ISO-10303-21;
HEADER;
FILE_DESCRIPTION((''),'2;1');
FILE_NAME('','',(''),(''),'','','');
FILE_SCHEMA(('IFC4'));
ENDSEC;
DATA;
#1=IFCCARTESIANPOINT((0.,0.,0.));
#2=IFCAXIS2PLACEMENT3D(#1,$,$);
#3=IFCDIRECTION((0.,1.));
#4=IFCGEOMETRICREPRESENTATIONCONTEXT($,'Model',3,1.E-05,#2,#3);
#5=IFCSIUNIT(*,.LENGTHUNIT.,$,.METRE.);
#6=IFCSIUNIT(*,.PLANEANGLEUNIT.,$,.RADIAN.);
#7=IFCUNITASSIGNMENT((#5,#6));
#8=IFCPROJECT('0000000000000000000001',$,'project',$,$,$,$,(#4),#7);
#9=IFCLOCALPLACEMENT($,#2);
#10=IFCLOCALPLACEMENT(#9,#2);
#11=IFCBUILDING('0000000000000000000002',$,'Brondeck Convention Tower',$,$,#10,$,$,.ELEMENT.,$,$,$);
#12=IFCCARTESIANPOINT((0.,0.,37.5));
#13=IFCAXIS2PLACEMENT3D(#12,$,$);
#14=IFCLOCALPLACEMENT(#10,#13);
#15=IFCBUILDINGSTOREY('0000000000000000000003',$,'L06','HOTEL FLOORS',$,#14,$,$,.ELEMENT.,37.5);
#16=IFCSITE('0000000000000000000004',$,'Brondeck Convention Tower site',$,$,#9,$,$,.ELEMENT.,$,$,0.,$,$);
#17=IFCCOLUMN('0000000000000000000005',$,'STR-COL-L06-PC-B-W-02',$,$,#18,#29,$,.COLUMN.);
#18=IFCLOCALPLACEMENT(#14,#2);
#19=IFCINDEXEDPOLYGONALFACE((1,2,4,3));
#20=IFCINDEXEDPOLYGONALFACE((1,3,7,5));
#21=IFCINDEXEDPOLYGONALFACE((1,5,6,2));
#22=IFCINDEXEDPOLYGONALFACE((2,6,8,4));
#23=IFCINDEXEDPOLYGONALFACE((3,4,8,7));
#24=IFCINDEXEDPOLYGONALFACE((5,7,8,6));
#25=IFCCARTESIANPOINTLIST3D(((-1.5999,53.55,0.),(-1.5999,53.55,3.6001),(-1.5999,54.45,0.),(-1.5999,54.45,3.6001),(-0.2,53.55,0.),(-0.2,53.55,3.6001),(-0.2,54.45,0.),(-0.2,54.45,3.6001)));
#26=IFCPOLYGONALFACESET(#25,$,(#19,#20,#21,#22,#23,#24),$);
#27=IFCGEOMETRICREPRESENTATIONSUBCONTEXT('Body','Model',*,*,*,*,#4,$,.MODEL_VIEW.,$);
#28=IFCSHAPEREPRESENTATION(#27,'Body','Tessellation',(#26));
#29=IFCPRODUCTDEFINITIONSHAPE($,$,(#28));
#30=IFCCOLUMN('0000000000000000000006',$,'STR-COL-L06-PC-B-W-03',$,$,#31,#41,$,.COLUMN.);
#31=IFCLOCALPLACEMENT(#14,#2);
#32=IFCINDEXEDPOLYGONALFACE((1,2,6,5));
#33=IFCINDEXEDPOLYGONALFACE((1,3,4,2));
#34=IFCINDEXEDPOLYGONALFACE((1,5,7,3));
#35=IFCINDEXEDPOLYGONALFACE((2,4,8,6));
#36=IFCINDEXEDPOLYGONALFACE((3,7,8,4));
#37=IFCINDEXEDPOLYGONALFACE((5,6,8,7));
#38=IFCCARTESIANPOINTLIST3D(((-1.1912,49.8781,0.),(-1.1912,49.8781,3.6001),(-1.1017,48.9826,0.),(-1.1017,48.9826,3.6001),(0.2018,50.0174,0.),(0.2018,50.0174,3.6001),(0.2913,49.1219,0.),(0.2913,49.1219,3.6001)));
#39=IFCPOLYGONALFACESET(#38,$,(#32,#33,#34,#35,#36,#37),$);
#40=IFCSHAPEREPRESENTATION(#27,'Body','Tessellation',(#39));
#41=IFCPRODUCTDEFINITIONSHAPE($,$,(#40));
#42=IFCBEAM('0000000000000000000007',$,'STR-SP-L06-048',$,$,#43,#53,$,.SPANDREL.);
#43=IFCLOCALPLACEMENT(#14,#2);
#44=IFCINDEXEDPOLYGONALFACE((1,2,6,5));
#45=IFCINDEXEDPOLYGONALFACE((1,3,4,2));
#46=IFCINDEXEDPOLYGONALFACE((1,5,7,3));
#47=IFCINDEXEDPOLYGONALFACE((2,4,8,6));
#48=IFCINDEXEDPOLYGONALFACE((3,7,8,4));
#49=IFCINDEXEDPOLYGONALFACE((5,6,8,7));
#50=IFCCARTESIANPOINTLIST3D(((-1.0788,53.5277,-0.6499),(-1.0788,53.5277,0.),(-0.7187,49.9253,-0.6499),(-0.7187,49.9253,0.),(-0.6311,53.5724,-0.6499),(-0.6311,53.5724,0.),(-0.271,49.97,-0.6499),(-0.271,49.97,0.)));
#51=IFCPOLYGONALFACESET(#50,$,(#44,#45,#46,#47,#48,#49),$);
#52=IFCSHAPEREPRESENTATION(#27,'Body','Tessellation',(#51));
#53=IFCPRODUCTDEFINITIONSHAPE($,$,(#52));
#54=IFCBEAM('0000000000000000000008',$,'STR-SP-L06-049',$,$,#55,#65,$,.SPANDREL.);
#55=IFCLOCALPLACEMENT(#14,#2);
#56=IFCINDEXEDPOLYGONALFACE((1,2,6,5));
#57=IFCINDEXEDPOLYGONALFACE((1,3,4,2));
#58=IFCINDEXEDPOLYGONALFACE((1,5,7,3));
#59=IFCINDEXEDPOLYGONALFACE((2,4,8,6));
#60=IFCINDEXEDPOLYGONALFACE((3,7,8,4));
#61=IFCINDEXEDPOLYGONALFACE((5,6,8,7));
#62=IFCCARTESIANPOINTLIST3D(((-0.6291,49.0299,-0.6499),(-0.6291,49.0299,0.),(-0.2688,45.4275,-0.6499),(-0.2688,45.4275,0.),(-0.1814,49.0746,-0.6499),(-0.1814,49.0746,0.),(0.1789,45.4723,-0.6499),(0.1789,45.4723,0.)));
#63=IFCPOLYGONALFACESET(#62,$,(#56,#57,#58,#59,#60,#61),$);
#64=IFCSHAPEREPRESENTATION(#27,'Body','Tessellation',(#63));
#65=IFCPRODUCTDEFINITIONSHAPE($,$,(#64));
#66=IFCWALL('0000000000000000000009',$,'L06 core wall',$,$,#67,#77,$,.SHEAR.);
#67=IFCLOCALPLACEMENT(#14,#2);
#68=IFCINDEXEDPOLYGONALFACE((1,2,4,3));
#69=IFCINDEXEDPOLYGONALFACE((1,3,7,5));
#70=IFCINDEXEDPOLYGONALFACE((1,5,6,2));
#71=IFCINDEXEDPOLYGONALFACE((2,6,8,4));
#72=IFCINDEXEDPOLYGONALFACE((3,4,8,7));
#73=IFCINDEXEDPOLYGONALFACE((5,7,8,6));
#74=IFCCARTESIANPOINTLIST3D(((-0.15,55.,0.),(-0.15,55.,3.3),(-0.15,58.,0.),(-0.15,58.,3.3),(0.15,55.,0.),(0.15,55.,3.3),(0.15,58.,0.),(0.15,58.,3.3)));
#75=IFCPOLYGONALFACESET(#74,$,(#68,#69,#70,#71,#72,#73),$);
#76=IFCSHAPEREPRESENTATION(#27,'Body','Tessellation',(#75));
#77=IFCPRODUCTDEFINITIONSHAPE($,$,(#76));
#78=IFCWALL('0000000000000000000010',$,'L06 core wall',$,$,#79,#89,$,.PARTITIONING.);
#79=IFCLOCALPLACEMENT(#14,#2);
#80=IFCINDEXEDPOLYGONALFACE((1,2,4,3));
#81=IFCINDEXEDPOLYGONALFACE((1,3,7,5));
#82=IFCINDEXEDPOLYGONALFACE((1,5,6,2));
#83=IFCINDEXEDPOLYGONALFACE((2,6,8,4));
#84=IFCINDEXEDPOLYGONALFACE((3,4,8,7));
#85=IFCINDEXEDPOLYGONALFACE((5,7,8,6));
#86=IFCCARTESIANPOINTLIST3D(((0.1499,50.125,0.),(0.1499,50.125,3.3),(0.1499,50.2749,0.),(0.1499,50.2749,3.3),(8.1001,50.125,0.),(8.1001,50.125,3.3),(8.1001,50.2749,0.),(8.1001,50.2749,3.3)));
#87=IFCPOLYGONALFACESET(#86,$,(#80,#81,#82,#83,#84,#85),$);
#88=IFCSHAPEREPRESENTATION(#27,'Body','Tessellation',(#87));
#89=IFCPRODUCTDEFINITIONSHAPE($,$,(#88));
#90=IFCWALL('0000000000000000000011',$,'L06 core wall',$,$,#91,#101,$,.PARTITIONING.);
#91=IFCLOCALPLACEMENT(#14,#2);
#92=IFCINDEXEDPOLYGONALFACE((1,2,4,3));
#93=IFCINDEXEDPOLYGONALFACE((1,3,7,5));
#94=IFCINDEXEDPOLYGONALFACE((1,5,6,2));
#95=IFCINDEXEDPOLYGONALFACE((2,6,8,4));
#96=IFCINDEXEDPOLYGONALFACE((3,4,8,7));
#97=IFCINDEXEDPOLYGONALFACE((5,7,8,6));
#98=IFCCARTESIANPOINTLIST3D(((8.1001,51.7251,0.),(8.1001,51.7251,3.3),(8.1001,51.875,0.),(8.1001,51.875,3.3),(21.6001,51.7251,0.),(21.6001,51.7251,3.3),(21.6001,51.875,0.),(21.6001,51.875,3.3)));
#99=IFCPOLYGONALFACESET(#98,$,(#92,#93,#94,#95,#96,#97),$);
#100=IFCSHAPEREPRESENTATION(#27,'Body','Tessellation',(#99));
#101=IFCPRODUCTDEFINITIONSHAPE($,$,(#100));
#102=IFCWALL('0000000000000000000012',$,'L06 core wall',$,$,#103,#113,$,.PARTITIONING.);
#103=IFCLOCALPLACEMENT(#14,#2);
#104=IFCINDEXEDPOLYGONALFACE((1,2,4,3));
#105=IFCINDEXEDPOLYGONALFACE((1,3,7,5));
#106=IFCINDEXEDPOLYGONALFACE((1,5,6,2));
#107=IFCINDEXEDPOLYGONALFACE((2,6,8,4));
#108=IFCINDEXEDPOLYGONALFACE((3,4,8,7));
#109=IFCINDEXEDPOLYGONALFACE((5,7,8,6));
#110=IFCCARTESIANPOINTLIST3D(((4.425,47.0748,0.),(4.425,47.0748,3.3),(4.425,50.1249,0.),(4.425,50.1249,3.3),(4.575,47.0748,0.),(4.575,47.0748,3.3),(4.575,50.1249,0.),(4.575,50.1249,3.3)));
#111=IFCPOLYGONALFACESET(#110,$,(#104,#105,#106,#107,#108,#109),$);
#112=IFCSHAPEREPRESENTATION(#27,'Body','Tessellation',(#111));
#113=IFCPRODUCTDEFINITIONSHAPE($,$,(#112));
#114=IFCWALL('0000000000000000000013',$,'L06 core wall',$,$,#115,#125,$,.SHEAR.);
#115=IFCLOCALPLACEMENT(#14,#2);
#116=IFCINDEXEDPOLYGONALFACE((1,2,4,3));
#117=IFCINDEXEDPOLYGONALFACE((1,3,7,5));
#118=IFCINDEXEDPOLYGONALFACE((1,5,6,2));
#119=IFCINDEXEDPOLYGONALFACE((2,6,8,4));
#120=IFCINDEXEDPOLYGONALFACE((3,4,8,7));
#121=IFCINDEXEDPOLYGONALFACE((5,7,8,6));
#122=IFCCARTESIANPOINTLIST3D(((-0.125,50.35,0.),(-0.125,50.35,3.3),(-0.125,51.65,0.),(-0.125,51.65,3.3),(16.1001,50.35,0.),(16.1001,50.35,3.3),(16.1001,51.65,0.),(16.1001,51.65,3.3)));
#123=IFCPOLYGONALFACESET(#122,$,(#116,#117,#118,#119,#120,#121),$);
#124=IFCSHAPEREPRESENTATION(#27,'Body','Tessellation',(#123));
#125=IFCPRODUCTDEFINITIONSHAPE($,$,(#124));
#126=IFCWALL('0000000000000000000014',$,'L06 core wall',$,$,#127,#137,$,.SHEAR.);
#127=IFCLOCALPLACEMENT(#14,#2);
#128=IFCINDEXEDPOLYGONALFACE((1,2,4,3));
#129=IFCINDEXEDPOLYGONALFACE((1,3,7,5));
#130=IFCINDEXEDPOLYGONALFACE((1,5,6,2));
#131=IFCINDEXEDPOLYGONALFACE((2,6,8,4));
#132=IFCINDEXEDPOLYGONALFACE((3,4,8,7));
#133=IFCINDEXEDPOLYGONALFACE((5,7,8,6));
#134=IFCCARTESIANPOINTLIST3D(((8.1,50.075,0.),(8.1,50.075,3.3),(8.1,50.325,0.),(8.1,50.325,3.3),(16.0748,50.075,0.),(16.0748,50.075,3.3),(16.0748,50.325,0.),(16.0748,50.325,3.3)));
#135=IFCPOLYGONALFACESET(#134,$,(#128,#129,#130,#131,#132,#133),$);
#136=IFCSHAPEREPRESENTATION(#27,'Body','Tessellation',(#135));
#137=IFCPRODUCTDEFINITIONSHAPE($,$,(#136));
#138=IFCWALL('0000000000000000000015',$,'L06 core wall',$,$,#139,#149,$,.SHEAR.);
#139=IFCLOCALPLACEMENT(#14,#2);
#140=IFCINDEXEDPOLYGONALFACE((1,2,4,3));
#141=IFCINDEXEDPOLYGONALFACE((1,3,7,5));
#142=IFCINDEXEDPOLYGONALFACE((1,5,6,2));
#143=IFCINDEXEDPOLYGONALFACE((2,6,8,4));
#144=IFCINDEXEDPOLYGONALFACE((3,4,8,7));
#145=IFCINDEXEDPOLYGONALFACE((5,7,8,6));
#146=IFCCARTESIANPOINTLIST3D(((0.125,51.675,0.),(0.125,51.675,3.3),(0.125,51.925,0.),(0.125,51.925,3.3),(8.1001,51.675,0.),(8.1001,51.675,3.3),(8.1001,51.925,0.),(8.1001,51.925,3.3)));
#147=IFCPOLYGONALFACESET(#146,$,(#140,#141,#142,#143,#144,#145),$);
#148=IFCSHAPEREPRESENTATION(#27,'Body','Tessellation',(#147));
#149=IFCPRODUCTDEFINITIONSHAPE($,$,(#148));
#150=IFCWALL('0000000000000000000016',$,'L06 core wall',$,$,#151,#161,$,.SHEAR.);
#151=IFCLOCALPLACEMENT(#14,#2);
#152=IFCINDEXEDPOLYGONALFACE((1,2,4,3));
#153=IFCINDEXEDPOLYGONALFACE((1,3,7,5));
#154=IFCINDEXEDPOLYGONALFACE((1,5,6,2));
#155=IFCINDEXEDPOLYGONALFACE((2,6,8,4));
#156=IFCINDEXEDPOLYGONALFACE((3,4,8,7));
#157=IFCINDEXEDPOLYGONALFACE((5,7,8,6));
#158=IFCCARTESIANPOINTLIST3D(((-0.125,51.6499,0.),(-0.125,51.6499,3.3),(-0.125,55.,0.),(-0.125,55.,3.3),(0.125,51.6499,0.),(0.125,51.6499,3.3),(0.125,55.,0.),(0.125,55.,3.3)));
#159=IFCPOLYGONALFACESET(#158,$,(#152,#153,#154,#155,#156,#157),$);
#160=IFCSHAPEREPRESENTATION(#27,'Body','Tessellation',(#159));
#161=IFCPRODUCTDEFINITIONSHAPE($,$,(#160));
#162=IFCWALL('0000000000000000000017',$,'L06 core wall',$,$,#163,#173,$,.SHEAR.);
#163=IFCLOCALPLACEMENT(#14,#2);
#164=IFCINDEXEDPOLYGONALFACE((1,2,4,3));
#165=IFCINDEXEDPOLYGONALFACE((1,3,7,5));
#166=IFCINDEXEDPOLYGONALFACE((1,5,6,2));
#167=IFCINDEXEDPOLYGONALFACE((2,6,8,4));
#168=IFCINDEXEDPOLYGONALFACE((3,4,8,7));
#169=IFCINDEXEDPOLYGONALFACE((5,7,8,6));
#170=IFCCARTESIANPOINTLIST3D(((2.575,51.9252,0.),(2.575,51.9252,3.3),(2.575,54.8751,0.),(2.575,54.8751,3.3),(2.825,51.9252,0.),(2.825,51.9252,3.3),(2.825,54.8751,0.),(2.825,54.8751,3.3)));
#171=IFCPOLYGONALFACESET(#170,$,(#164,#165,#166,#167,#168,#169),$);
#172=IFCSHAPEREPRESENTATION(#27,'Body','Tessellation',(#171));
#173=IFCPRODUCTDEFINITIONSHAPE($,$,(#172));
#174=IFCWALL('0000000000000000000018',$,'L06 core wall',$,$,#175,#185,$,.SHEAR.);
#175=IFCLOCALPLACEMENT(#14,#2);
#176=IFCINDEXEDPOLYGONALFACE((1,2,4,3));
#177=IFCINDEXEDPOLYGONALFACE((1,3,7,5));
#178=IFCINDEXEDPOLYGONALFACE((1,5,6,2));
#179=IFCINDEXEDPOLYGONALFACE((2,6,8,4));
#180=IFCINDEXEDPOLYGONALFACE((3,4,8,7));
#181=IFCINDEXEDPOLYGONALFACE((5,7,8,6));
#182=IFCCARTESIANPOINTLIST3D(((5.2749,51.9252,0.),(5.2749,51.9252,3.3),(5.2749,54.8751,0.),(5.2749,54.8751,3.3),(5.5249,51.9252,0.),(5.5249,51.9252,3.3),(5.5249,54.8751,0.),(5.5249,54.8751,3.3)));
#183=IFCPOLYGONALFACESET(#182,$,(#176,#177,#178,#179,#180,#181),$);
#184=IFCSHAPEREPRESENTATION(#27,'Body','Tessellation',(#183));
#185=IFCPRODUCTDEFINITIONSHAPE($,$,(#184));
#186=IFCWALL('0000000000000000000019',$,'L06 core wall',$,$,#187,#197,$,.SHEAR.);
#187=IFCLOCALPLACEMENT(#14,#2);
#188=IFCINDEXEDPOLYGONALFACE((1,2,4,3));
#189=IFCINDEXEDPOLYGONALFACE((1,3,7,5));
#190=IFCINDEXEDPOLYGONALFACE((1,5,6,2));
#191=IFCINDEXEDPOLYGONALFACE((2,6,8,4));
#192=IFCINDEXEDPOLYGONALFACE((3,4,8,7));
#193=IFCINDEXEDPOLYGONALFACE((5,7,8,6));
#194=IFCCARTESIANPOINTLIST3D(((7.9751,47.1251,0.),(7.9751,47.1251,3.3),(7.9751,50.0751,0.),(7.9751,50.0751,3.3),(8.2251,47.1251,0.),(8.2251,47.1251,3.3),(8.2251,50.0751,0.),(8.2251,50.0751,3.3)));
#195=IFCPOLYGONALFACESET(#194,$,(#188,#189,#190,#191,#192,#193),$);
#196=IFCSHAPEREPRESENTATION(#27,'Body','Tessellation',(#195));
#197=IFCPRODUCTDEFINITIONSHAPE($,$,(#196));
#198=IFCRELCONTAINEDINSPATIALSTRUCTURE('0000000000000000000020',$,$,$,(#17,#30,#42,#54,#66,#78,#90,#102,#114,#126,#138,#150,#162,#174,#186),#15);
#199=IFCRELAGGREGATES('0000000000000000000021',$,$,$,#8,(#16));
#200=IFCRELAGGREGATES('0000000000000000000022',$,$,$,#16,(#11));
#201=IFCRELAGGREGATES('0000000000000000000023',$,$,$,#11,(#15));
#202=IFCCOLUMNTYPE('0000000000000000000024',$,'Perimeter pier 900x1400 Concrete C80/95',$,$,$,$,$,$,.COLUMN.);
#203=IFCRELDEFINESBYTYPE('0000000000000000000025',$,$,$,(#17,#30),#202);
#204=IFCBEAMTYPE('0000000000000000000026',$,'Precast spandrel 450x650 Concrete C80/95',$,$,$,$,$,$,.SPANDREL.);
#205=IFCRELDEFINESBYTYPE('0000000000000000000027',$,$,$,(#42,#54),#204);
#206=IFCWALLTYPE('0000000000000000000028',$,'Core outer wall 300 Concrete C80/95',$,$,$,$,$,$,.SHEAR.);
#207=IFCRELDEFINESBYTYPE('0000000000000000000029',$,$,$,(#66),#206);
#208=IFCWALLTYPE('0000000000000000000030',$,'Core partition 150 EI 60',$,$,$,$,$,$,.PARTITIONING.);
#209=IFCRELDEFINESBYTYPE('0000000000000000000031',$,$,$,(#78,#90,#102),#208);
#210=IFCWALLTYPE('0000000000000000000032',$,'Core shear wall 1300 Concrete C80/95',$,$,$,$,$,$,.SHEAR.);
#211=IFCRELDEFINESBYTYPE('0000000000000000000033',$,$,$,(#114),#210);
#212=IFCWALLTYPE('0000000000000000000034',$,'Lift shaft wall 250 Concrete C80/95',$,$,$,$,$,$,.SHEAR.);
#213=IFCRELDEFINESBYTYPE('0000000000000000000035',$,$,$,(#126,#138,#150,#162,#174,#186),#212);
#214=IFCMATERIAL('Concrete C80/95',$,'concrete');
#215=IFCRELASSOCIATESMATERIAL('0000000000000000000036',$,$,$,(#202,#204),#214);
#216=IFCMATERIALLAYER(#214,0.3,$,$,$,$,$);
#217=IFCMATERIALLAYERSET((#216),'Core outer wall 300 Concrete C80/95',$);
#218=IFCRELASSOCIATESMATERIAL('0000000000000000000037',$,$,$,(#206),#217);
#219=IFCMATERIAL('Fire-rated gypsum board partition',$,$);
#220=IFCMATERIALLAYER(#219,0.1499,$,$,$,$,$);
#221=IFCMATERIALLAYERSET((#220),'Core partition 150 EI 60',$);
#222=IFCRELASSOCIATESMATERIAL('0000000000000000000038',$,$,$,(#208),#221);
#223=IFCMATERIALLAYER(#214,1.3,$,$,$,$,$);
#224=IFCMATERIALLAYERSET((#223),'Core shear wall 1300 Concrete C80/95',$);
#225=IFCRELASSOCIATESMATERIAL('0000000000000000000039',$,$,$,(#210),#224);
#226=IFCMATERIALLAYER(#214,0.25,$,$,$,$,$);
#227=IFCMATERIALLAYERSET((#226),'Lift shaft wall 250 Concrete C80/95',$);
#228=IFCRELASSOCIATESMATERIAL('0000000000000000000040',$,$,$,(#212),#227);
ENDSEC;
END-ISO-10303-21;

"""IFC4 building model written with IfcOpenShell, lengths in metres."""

from ifc_helpers import new_model, si_unit, direction, frame, frame_2d, origin, origin_2d, place, context, subcontext, project, spatial, rectangle, extrude, material, layer, layer_set, material_profile, profile_set, type_object, element, save


model = new_model("IFC4")

# Units and contexts
model_context = context("Model", 3, precision=1e-05, world=origin(), true_north=direction((0.0, 1.0)))
body_context = subcontext(model_context, "Body", "Model", "MODEL_VIEW")
ifc_project = project(units=[si_unit("LENGTHUNIT", "METRE"), si_unit("PLANEANGLEUNIT", "RADIAN")], contexts=[model_context])

# Site, building, storey
site_placement = place(None, origin())
site = spatial("IfcSite", under=ifc_project, at=site_placement, Name="Brondeck Convention Tower site", CompositionType="ELEMENT", RefElevation=0.0)
building_placement = place(site_placement, origin())
building = spatial("IfcBuilding", under=site, at=building_placement, Name="Brondeck Convention Tower", CompositionType="ELEMENT")
storey_placement = place(building_placement, frame((0.0, 0.0, 37.5)))
storey = spatial("IfcBuildingStorey", under=building, at=storey_placement, Name="L06", Description="HOTEL FLOORS", CompositionType="ELEMENT", Elevation=37.5)

# Columns
ifc_material_1 = material(Name="Concrete C80/95", Category="concrete")
ifc_material_profile_1 = material_profile(ifc_material_1, rectangle(XDim=0.8999, YDim=1.3999, at=origin_2d()), Name="Perimeter pier 900x1400 Concrete C80/95")
ifc_profile_set_1 = profile_set([ifc_material_profile_1], Name="Concrete C80/95")
column_type = type_object("IfcColumnType", Name="Perimeter pier 900x1400 Concrete C80/95", PredefinedType="COLUMN", material=ifc_profile_set_1)
for number, where, z_axis, x_axis, name in (
    (1, (-0.8999, 54.0, 0.0), (0.0, 0.0, 1.0), (0.0, -1.0, 0.0), "STR-COL-L06-PC-B-W-02"),
    (2, (-0.45, 49.5, 0.0), (0.0, 0.0, 1.0), (0.099504, -0.995037, 0.0), "STR-COL-L06-PC-B-W-03"),
):
    element("IfcColumn", number, at=place(storey_placement, frame(where, z_axis=z_axis, x_axis=x_axis)), inside=storey, type_object=column_type, Name=name, PredefinedType="COLUMN", context=body_context, shape_type="SweptSolid", body=[
        extrude(rectangle(XDim=0.8999, YDim=1.3999, at=origin_2d()), origin(), (0.0, 0.0, 1.0), 3.6001),
    ])

# Beams
ifc_material_profile_2 = material_profile(ifc_material_1, rectangle(XDim=0.45, YDim=0.6499, at=origin_2d()), Name="Precast spandrel 450x650 Concrete C80/95")
ifc_profile_set_2 = profile_set([ifc_material_profile_2], Name="Concrete C80/95")
beam_type = type_object("IfcBeamType", Name="Precast spandrel 450x650 Concrete C80/95", PredefinedType="SPANDREL", material=ifc_profile_set_2)
for number, where, z_axis, x_axis, name in (
    (3, (-0.855, 53.55, -0.325), (0.09947, -0.995041, 0.0), (0.995041, 0.09947, 0.0), "STR-SP-L06-048"),
    (4, (-0.4053, 49.0522, -0.325), (0.099537, -0.995034, 0.0), (0.995034, 0.099537, 0.0), "STR-SP-L06-049"),
):
    element("IfcBeam", number, at=place(storey_placement, frame(where, z_axis=z_axis, x_axis=x_axis)), inside=storey, type_object=beam_type, Name=name, PredefinedType="SPANDREL", context=body_context, shape_type="SweptSolid", body=[
        extrude(rectangle(XDim=0.45, YDim=0.6499, at=origin_2d()), origin(), (0.0, 0.0, 1.0), 3.6204),
    ])

# Walls
ifc_layer_1 = layer(ifc_material_1, 0.3)
ifc_layer_set_1 = layer_set([ifc_layer_1], Name="Core outer wall 300 Concrete C80/95")
wall_type_1 = type_object("IfcWallType", Name="Core outer wall 300 Concrete C80/95", PredefinedType="SHEAR", material=ifc_layer_set_1)
wall_1_placement = place(storey_placement, frame((0.0, 55.0, 0.0), z_axis=(0.0, 0.0, 1.0), x_axis=(0.0, 1.0, 0.0)))
element("IfcWall", 5, at=wall_1_placement, inside=storey, type_object=wall_type_1, Name="L06 core wall", PredefinedType="SHEAR", context=body_context, shape_type="SweptSolid", body=[
    extrude(rectangle(XDim=3.0, YDim=0.3, at=frame_2d((1.5, 0.0))), origin(), (0.0, 0.0, 1.0), 3.3),
])
ifc_material_2 = material(Name="Fire-rated gypsum board partition")
ifc_layer_2 = layer(ifc_material_2, 0.1499)
ifc_layer_set_2 = layer_set([ifc_layer_2], Name="Core partition 150 EI 60")
wall_type_2 = type_object("IfcWallType", Name="Core partition 150 EI 60", PredefinedType="PARTITIONING", material=ifc_layer_set_2)
wall_2_placement = place(storey_placement, frame((0.1499, 50.2, 0.0), z_axis=(0.0, 0.0, 1.0), x_axis=(1.0, 0.0, 0.0)))
element("IfcWall", 6, at=wall_2_placement, inside=storey, type_object=wall_type_2, Name="L06 core wall", PredefinedType="PARTITIONING", context=body_context, shape_type="SweptSolid", body=[
    extrude(rectangle(XDim=7.9502, YDim=0.1499, at=frame_2d((3.9751, 0.0))), origin(), (0.0, 0.0, 1.0), 3.3),
])
wall_3_placement = place(storey_placement, frame((8.1001, 51.8, 0.0), z_axis=(0.0, 0.0, 1.0), x_axis=(1.0, 0.0, 0.0)))
element("IfcWall", 7, at=wall_3_placement, inside=storey, type_object=wall_type_2, Name="L06 core wall", PredefinedType="PARTITIONING", context=body_context, shape_type="SweptSolid", body=[
    extrude(rectangle(XDim=13.5, YDim=0.1499, at=frame_2d((6.75, 0.0))), origin(), (0.0, 0.0, 1.0), 3.3),
])
wall_4_placement = place(storey_placement, frame((4.5, 47.075, 0.0), z_axis=(0.0, 0.0, 1.0), x_axis=(0.0, 1.0, 0.0)))
element("IfcWall", 8, at=wall_4_placement, inside=storey, type_object=wall_type_2, Name="L06 core wall", PredefinedType="PARTITIONING", context=body_context, shape_type="SweptSolid", body=[
    extrude(rectangle(XDim=3.05, YDim=0.1499, at=frame_2d((1.5249, 0.0))), origin(), (0.0, 0.0, 1.0), 3.3),
])
ifc_layer_3 = layer(ifc_material_1, 1.3)
ifc_layer_set_3 = layer_set([ifc_layer_3], Name="Core shear wall 1300 Concrete C80/95")
wall_type_3 = type_object("IfcWallType", Name="Core shear wall 1300 Concrete C80/95", PredefinedType="SHEAR", material=ifc_layer_set_3)
wall_5_placement = place(storey_placement, frame((-0.125, 51.0, 0.0), z_axis=(0.0, 0.0, 1.0), x_axis=(1.0, 0.0, 0.0)))
element("IfcWall", 9, at=wall_5_placement, inside=storey, type_object=wall_type_3, Name="L06 core wall", PredefinedType="SHEAR", context=body_context, shape_type="SweptSolid", body=[
    extrude(rectangle(XDim=16.2251, YDim=1.3, at=frame_2d((8.1125, 0.0))), origin(), (0.0, 0.0, 1.0), 3.3),
])
ifc_layer_4 = layer(ifc_material_1, 0.25)
ifc_layer_set_4 = layer_set([ifc_layer_4], Name="Lift shaft wall 250 Concrete C80/95")
wall_type_4 = type_object("IfcWallType", Name="Lift shaft wall 250 Concrete C80/95", PredefinedType="SHEAR", material=ifc_layer_set_4)
wall_6_placement = place(storey_placement, frame((8.1001, 50.2, 0.0), z_axis=(0.0, 0.0, 1.0), x_axis=(1.0, 0.0, 0.0)))
element("IfcWall", 10, at=wall_6_placement, inside=storey, type_object=wall_type_4, Name="L06 core wall", PredefinedType="SHEAR", context=body_context, shape_type="SweptSolid", body=[
    extrude(rectangle(XDim=7.9749, YDim=0.25, at=frame_2d((3.9873, 0.0))), origin(), (0.0, 0.0, 1.0), 3.3),
])
wall_7_placement = place(storey_placement, frame((0.125, 51.8, 0.0), z_axis=(0.0, 0.0, 1.0), x_axis=(1.0, 0.0, 0.0)))
element("IfcWall", 11, at=wall_7_placement, inside=storey, type_object=wall_type_4, Name="L06 core wall", PredefinedType="SHEAR", context=body_context, shape_type="SweptSolid", body=[
    extrude(rectangle(XDim=7.9751, YDim=0.25, at=frame_2d((3.9875, 0.0))), origin(), (0.0, 0.0, 1.0), 3.3),
])
wall_8_placement = place(storey_placement, frame((0.0, 51.6499, 0.0), z_axis=(0.0, 0.0, 1.0), x_axis=(0.0, 1.0, 0.0)))
element("IfcWall", 12, at=wall_8_placement, inside=storey, type_object=wall_type_4, Name="L06 core wall", PredefinedType="SHEAR", context=body_context, shape_type="SweptSolid", body=[
    extrude(rectangle(XDim=3.3501, YDim=0.25, at=frame_2d((1.675, 0.0))), origin(), (0.0, 0.0, 1.0), 3.3),
])
for number, where, z_axis, x_axis, name in (
    (13, (2.7, 51.925, 0.0), (0.0, 0.0, 1.0), (0.0, 1.0, 0.0), "L06 core wall"),
    (14, (5.3999, 51.925, 0.0), (0.0, 0.0, 1.0), (0.0, 1.0, 0.0), "L06 core wall"),
    (15, (8.1001, 47.125, 0.0), (0.0, 0.0, 1.0), (0.0, 1.0, 0.0), "L06 core wall"),
):
    element("IfcWall", number, at=place(storey_placement, frame(where, z_axis=z_axis, x_axis=x_axis)), inside=storey, type_object=wall_type_4, Name=name, PredefinedType="SHEAR", context=body_context, shape_type="SweptSolid", body=[
        extrude(rectangle(XDim=2.95, YDim=0.25, at=frame_2d((1.4751, 0.0))), origin(), (0.0, 0.0, 1.0), 3.3),
    ])

save(model, "model.ifc")
